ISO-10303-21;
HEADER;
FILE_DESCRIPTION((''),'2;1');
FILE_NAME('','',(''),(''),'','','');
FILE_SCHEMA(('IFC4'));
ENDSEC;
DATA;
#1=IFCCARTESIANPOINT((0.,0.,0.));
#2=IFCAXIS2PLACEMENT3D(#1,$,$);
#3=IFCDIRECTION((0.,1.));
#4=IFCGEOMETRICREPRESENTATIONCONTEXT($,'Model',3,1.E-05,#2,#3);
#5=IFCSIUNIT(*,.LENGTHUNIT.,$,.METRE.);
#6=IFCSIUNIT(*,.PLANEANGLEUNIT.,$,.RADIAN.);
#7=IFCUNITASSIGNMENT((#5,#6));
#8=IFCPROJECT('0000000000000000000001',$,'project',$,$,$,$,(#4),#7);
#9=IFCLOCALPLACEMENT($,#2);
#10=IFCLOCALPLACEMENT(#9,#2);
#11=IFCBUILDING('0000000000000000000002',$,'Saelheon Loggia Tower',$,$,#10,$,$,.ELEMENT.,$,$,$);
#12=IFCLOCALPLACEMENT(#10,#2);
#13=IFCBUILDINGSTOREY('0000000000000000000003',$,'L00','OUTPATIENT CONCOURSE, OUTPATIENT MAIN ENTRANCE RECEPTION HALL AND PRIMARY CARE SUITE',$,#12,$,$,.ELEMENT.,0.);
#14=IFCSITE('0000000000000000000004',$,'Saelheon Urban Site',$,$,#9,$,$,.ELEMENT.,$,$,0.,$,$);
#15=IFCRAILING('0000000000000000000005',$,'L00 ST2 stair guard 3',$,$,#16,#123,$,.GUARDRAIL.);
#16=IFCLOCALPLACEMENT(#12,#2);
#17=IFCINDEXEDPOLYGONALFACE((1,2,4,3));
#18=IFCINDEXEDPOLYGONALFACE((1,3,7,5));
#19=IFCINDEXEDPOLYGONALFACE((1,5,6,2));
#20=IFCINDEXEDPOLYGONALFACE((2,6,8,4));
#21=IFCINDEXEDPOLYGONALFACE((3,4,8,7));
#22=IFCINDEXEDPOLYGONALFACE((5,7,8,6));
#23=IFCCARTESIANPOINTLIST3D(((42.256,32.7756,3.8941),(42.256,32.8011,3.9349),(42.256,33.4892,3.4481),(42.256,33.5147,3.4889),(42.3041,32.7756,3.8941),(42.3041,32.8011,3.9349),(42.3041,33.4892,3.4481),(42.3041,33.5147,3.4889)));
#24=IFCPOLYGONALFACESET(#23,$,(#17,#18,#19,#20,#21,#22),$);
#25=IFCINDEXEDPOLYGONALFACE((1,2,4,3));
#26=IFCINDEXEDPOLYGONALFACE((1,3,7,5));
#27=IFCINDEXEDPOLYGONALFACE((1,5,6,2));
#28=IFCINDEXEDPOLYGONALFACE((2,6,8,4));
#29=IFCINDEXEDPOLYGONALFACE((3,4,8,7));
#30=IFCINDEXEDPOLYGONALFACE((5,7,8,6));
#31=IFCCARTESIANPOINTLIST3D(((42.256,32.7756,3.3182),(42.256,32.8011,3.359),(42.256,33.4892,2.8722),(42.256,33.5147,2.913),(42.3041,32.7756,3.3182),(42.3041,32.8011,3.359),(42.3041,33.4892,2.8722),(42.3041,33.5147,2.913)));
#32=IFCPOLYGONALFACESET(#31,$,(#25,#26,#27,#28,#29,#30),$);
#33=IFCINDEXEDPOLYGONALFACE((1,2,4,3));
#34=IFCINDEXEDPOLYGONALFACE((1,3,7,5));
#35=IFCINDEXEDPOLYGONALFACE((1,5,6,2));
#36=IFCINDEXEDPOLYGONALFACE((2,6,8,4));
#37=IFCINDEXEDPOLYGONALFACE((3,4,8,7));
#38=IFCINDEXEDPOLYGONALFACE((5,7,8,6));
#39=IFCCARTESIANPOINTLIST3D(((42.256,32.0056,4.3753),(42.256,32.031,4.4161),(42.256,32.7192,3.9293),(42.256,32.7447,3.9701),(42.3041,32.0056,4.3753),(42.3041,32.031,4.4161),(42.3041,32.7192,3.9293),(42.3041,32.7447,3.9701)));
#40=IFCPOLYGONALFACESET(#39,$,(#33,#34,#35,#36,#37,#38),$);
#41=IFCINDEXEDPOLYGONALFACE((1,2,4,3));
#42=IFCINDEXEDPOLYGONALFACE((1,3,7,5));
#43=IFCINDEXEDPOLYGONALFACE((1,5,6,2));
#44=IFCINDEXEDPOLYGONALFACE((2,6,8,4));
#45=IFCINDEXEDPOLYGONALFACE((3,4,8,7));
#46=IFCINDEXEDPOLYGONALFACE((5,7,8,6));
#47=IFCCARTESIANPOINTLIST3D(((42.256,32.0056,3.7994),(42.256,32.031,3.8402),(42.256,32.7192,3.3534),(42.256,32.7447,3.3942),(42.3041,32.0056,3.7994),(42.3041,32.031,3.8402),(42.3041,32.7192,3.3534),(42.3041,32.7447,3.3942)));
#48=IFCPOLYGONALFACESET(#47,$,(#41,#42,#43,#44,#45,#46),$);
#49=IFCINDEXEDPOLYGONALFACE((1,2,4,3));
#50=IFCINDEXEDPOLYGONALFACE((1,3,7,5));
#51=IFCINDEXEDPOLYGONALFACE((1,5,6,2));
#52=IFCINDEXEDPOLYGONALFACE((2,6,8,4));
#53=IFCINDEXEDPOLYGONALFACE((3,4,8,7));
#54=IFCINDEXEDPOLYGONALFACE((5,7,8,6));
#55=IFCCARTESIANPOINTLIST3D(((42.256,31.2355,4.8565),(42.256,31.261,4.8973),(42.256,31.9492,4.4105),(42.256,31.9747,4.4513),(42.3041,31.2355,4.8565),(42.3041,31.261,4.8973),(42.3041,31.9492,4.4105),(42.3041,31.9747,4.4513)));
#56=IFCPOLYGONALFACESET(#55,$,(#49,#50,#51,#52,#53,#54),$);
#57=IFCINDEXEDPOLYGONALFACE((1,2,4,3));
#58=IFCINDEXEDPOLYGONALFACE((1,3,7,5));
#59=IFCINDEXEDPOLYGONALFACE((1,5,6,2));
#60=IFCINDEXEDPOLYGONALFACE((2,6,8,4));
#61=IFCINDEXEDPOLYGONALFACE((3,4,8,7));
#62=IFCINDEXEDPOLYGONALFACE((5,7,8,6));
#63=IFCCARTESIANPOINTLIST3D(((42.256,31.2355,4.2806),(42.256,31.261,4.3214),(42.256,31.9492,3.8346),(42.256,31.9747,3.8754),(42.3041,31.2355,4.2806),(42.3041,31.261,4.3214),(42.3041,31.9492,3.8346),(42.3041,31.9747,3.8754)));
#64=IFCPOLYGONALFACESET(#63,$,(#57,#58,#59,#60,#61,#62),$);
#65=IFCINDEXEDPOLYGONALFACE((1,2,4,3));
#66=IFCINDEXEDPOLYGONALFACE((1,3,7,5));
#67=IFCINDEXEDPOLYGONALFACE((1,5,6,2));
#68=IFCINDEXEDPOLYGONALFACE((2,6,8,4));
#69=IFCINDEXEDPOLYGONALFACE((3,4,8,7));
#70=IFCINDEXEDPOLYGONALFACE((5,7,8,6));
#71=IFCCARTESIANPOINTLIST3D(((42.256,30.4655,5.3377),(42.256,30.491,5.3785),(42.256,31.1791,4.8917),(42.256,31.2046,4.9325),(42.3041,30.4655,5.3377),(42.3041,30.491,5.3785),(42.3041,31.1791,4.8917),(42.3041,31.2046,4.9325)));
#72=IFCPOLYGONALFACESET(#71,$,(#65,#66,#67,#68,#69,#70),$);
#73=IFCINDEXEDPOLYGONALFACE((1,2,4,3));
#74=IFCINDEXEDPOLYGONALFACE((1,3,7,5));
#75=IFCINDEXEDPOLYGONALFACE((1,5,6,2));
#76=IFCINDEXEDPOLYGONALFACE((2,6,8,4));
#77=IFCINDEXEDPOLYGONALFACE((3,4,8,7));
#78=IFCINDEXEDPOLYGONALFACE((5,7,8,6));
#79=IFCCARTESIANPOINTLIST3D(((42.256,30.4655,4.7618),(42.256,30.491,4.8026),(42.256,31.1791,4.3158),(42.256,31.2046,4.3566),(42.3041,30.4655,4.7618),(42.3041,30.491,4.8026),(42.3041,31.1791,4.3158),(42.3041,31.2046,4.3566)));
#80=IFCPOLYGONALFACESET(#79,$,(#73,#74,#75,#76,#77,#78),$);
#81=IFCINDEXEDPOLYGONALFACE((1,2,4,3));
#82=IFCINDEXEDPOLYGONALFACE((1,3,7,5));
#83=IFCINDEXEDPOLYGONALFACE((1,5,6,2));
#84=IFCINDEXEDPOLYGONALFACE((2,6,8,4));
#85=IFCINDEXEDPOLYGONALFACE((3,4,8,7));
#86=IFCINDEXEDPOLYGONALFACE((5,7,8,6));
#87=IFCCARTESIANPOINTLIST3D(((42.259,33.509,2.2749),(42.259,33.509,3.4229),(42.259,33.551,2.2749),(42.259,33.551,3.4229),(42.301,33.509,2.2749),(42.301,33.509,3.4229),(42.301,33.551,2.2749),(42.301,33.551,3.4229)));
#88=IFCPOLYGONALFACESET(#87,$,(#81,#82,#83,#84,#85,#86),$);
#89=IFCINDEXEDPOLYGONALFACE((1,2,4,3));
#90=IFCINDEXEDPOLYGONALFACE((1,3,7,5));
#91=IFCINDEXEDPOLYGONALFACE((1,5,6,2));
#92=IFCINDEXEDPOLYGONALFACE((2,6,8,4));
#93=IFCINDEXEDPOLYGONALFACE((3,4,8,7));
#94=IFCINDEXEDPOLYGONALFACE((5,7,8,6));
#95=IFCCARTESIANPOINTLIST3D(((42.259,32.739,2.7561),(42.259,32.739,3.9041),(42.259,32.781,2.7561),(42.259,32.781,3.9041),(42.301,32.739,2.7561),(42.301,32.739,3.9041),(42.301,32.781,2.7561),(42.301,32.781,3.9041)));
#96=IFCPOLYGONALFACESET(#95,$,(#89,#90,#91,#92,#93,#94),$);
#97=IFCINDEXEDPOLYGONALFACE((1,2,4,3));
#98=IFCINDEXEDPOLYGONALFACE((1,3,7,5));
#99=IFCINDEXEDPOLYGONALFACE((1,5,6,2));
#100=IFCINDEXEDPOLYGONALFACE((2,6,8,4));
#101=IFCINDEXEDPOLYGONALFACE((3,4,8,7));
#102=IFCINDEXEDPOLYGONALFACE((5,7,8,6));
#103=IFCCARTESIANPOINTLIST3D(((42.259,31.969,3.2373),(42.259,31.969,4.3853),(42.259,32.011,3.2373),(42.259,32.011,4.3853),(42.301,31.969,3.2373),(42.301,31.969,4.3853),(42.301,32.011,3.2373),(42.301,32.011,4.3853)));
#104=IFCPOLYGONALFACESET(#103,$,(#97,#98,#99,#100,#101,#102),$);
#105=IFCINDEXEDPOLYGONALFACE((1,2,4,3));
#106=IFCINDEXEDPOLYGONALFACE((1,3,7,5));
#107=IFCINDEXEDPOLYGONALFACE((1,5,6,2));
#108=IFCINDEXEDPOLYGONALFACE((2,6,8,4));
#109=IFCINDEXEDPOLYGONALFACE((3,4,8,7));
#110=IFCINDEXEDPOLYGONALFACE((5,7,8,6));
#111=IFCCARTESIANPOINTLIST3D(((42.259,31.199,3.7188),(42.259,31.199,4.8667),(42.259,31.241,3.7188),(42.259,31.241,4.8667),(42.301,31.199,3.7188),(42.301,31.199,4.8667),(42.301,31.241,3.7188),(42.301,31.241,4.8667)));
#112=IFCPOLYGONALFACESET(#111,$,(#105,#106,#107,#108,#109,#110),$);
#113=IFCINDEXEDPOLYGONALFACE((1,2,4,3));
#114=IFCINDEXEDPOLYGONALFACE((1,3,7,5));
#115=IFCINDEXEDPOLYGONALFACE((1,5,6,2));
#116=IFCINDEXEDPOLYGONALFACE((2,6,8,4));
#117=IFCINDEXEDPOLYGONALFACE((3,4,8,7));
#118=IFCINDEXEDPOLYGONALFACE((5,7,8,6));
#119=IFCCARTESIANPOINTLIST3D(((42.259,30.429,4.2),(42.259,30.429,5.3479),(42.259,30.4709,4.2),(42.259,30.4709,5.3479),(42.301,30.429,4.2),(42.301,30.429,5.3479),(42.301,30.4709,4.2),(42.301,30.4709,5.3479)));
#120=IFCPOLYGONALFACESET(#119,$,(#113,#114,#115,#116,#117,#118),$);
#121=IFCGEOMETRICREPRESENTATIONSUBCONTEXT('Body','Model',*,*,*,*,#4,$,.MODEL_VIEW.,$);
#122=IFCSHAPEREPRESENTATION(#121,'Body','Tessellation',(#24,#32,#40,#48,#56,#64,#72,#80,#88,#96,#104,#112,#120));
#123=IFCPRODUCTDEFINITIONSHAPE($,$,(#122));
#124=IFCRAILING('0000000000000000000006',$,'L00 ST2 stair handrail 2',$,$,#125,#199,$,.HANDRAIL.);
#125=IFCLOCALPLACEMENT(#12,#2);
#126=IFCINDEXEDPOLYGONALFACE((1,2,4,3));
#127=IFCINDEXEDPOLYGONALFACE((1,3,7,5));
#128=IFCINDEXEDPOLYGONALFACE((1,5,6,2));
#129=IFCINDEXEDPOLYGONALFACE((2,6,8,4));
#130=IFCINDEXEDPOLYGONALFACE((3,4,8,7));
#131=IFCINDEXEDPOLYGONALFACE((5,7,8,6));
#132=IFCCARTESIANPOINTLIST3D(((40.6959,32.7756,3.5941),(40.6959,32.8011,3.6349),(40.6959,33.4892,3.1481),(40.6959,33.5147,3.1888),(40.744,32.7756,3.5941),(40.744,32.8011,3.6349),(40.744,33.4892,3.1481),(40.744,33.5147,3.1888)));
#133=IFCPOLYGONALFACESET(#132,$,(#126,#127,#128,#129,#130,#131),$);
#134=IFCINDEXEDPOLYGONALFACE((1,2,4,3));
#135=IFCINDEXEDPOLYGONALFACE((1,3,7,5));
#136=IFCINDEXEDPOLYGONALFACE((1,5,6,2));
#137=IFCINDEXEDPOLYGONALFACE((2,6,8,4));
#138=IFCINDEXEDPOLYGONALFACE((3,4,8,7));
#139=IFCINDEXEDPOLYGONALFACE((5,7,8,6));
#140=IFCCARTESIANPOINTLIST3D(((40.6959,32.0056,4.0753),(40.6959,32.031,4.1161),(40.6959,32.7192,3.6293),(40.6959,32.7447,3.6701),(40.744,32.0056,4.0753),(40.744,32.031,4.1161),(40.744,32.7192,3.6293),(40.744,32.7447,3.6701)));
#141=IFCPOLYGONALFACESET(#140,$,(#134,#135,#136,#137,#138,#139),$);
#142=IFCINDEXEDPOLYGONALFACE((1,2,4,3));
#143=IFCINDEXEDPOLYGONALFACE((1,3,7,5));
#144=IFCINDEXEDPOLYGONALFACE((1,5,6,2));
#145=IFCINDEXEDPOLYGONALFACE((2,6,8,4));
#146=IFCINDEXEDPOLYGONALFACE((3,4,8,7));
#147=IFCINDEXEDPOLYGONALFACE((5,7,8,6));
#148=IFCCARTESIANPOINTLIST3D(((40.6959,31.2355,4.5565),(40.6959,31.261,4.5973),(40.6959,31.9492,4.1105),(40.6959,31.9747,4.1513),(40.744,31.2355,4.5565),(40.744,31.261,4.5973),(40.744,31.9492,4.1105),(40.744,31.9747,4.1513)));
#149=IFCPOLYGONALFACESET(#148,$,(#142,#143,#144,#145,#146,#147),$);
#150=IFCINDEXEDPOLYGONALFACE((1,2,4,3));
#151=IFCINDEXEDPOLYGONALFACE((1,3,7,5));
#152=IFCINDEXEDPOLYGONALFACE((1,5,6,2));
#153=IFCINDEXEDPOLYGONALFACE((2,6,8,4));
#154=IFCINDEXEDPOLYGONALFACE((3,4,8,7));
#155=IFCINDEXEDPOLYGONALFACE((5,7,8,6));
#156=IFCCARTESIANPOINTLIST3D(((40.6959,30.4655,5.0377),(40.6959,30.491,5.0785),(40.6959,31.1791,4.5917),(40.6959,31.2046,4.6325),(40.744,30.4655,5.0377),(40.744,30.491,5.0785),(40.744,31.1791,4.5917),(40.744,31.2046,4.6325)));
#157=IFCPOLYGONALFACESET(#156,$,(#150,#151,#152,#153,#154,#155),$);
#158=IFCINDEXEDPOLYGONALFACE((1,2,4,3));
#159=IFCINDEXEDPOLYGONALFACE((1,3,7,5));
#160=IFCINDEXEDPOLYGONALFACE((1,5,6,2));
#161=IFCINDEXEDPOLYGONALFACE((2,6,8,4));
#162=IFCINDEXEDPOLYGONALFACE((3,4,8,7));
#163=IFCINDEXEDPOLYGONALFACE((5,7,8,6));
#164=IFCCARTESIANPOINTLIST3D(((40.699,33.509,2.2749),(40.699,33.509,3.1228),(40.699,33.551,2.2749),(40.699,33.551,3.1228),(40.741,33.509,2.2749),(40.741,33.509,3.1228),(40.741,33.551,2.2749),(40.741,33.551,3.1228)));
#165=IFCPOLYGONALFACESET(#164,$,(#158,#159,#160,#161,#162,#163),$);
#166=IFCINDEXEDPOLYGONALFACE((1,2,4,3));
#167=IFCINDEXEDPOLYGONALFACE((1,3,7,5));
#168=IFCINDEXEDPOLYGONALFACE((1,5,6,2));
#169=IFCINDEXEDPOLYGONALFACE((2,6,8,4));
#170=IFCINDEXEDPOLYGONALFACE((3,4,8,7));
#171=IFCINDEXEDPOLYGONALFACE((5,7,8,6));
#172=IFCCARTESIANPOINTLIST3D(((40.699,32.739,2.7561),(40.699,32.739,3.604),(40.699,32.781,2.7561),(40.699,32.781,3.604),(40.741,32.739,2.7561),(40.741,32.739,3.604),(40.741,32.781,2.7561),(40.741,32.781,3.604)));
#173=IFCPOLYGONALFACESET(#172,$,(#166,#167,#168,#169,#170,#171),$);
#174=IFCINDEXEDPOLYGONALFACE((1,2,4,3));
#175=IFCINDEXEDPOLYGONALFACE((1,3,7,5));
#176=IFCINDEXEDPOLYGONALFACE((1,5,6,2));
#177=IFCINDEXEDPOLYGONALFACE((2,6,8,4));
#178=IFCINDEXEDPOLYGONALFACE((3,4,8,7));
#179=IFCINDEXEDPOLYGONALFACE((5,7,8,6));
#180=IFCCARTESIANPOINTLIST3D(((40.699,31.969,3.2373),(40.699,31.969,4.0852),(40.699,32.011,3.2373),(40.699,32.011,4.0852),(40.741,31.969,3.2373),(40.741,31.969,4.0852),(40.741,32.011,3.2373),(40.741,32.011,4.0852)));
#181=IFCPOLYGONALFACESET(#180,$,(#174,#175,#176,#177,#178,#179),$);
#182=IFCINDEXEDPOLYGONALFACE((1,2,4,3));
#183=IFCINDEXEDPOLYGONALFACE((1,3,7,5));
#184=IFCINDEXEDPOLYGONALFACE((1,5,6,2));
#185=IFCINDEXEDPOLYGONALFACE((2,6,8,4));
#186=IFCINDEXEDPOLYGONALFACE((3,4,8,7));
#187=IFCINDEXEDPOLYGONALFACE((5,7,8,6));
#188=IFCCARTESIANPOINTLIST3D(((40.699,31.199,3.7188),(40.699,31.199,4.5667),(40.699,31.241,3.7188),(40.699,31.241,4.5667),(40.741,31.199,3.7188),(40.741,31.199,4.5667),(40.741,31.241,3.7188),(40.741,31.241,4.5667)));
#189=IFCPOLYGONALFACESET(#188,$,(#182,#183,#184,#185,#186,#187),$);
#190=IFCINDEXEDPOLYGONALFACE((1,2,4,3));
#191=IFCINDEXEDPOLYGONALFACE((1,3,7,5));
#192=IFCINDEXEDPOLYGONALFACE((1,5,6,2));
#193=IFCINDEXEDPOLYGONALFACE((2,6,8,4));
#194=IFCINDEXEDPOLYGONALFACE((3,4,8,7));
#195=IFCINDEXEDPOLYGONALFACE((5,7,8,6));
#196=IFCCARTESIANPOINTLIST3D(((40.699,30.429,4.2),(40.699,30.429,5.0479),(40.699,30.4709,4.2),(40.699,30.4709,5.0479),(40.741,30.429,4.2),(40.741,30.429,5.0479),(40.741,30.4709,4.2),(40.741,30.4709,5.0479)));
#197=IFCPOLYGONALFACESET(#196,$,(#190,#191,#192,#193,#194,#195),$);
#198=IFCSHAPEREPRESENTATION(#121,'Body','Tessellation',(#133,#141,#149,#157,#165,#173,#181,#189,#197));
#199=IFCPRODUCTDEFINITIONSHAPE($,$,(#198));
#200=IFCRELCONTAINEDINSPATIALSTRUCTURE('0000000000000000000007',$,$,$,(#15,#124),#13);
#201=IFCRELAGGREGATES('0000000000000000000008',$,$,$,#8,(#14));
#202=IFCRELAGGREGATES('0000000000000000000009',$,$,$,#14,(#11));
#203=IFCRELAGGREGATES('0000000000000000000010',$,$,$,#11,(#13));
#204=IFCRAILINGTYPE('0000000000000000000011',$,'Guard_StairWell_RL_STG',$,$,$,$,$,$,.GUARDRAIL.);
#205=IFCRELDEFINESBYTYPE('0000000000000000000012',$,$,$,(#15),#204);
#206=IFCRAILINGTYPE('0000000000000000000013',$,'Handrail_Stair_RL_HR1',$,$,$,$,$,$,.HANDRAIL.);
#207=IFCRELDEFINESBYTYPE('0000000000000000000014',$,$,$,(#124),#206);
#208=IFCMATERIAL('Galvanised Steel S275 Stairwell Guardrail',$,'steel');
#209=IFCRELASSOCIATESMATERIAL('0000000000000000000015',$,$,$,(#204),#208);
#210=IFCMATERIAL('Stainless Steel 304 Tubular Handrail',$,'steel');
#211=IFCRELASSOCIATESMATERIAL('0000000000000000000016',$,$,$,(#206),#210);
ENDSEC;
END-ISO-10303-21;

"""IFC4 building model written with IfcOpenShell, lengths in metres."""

from ifc_helpers import new_model, si_unit, direction, frame, origin, origin_2d, place, context, subcontext, project, spatial, rectangle, extrude, material, type_object, element, save


model = new_model("IFC4")

# Units and contexts
model_context = context("Model", 3, precision=1e-05, world=origin(), true_north=direction((0.0, 1.0)))
body_context = subcontext(model_context, "Body", "Model", "MODEL_VIEW")
ifc_project = project(units=[si_unit("LENGTHUNIT", "METRE"), si_unit("PLANEANGLEUNIT", "RADIAN")], contexts=[model_context])

# Site, building, storey
site_placement = place(None, origin())
site = spatial("IfcSite", under=ifc_project, at=site_placement, Name="Saelheon Urban Site", CompositionType="ELEMENT", RefElevation=0.0)
building_placement = place(site_placement, origin())
building = spatial("IfcBuilding", under=site, at=building_placement, Name="Saelheon Loggia Tower", CompositionType="ELEMENT")
storey_placement = place(building_placement, origin())
storey = spatial("IfcBuildingStorey", under=building, at=storey_placement, Name="L00", Description="OUTPATIENT CONCOURSE, OUTPATIENT MAIN ENTRANCE RECEPTION HALL AND PRIMARY CARE SUITE", CompositionType="ELEMENT", Elevation=0.0)

# Railings
ifc_material_1 = material(Name="Galvanised Steel S275 Stairwell Guardrail", Category="steel")
railing_type_1 = type_object("IfcRailingType", Name="Guard_StairWell_RL_STG", PredefinedType="GUARDRAIL", material=ifc_material_1)
railing_1_placement = place(storey_placement, frame((42.28, 33.53, 2.2749)))
element("IfcRailing", 1, at=railing_1_placement, inside=storey, type_object=railing_type_1, Name="L00 ST2 stair guard 3", PredefinedType="GUARDRAIL", context=body_context, shape_type="SweptSolid", body=[
    extrude(rectangle(XDim=0.0481, YDim=0.0481, at=origin_2d()), frame((0.0, -0.0281, 1.1936), z_axis=(0.0, -0.847998, 0.529999), x_axis=(1.0, 0.0, 0.0)), (0.0, 0.0, 1.0), 0.8416),
    extrude(rectangle(XDim=0.0481, YDim=0.0481, at=origin_2d()), frame((0.0, -0.0281, 0.6177), z_axis=(0.0, -0.847998, 0.529999), x_axis=(1.0, 0.0, 0.0)), (0.0, 0.0, 1.0), 0.8416),
    extrude(rectangle(XDim=0.0481, YDim=0.0481, at=origin_2d()), frame((0.0, -0.7981, 1.6748), z_axis=(0.0, -0.847998, 0.529999), x_axis=(1.0, 0.0, 0.0)), (0.0, 0.0, 1.0), 0.8416),
    extrude(rectangle(XDim=0.0481, YDim=0.0481, at=origin_2d()), frame((0.0, -0.7981, 1.0989), z_axis=(0.0, -0.847998, 0.529999), x_axis=(1.0, 0.0, 0.0)), (0.0, 0.0, 1.0), 0.8416),
    extrude(rectangle(XDim=0.0481, YDim=0.0481, at=origin_2d()), frame((0.0, -1.5681, 2.156), z_axis=(0.0, -0.847998, 0.529999), x_axis=(1.0, 0.0, 0.0)), (0.0, 0.0, 1.0), 0.8416),
    extrude(rectangle(XDim=0.0481, YDim=0.0481, at=origin_2d()), frame((0.0, -1.5681, 1.5801), z_axis=(0.0, -0.847998, 0.529999), x_axis=(1.0, 0.0, 0.0)), (0.0, 0.0, 1.0), 0.8416),
    extrude(rectangle(XDim=0.0481, YDim=0.0481, at=origin_2d()), frame((0.0, -2.3381, 2.6372), z_axis=(0.0, -0.847998, 0.529999), x_axis=(1.0, 0.0, 0.0)), (0.0, 0.0, 1.0), 0.8416),
    extrude(rectangle(XDim=0.0481, YDim=0.0481, at=origin_2d()), frame((0.0, -2.3381, 2.0613), z_axis=(0.0, -0.847998, 0.529999), x_axis=(1.0, 0.0, 0.0)), (0.0, 0.0, 1.0), 0.8416),
    extrude(rectangle(XDim=0.042, YDim=0.042, at=origin_2d()), origin(), (0.0, 0.0, 1.0), 1.1479),
    extrude(rectangle(XDim=0.042, YDim=0.042, at=origin_2d()), frame((0.0, -0.77, 0.4812)), (0.0, 0.0, 1.0), 1.1479),
    extrude(rectangle(XDim=0.042, YDim=0.042, at=origin_2d()), frame((0.0, -1.54, 0.9624)), (0.0, 0.0, 1.0), 1.1479),
    extrude(rectangle(XDim=0.042, YDim=0.042, at=origin_2d()), frame((0.0, -2.3101, 1.4438)), (0.0, 0.0, 1.0), 1.1479),
    extrude(rectangle(XDim=0.042, YDim=0.042, at=origin_2d()), frame((0.0, -3.0801, 1.925)), (0.0, 0.0, 1.0), 1.1479),
])
ifc_material_2 = material(Name="Stainless Steel 304 Tubular Handrail", Category="steel")
railing_type_2 = type_object("IfcRailingType", Name="Handrail_Stair_RL_HR1", PredefinedType="HANDRAIL", material=ifc_material_2)
railing_2_placement = place(storey_placement, frame((40.72, 33.53, 2.2749)))
element("IfcRailing", 2, at=railing_2_placement, inside=storey, type_object=railing_type_2, Name="L00 ST2 stair handrail 2", PredefinedType="HANDRAIL", context=body_context, shape_type="SweptSolid", body=[
    extrude(rectangle(XDim=0.0481, YDim=0.0481, at=origin_2d()), frame((0.0, -0.0281, 0.8936), z_axis=(0.0, -0.847998, 0.529999), x_axis=(1.0, 0.0, 0.0)), (0.0, 0.0, 1.0), 0.8416),
    extrude(rectangle(XDim=0.0481, YDim=0.0481, at=origin_2d()), frame((0.0, -0.7981, 1.3748), z_axis=(0.0, -0.847998, 0.529999), x_axis=(1.0, 0.0, 0.0)), (0.0, 0.0, 1.0), 0.8416),
    extrude(rectangle(XDim=0.0481, YDim=0.0481, at=origin_2d()), frame((0.0, -1.5681, 1.856), z_axis=(0.0, -0.847998, 0.529999), x_axis=(1.0, 0.0, 0.0)), (0.0, 0.0, 1.0), 0.8416),
    extrude(rectangle(XDim=0.0481, YDim=0.0481, at=origin_2d()), frame((0.0, -2.3381, 2.3372), z_axis=(0.0, -0.847998, 0.529999), x_axis=(1.0, 0.0, 0.0)), (0.0, 0.0, 1.0), 0.8416),
    extrude(rectangle(XDim=0.042, YDim=0.042, at=origin_2d()), origin(), (0.0, 0.0, 1.0), 0.8479),
    extrude(rectangle(XDim=0.042, YDim=0.042, at=origin_2d()), frame((0.0, -0.77, 0.4812)), (0.0, 0.0, 1.0), 0.8479),
    extrude(rectangle(XDim=0.042, YDim=0.042, at=origin_2d()), frame((0.0, -1.54, 0.9624)), (0.0, 0.0, 1.0), 0.8479),
    extrude(rectangle(XDim=0.042, YDim=0.042, at=origin_2d()), frame((0.0, -2.3101, 1.4438)), (0.0, 0.0, 1.0), 0.8479),
    extrude(rectangle(XDim=0.042, YDim=0.042, at=origin_2d()), frame((0.0, -3.0801, 1.925)), (0.0, 0.0, 1.0), 0.8479),
])

save(model, "model.ifc")
